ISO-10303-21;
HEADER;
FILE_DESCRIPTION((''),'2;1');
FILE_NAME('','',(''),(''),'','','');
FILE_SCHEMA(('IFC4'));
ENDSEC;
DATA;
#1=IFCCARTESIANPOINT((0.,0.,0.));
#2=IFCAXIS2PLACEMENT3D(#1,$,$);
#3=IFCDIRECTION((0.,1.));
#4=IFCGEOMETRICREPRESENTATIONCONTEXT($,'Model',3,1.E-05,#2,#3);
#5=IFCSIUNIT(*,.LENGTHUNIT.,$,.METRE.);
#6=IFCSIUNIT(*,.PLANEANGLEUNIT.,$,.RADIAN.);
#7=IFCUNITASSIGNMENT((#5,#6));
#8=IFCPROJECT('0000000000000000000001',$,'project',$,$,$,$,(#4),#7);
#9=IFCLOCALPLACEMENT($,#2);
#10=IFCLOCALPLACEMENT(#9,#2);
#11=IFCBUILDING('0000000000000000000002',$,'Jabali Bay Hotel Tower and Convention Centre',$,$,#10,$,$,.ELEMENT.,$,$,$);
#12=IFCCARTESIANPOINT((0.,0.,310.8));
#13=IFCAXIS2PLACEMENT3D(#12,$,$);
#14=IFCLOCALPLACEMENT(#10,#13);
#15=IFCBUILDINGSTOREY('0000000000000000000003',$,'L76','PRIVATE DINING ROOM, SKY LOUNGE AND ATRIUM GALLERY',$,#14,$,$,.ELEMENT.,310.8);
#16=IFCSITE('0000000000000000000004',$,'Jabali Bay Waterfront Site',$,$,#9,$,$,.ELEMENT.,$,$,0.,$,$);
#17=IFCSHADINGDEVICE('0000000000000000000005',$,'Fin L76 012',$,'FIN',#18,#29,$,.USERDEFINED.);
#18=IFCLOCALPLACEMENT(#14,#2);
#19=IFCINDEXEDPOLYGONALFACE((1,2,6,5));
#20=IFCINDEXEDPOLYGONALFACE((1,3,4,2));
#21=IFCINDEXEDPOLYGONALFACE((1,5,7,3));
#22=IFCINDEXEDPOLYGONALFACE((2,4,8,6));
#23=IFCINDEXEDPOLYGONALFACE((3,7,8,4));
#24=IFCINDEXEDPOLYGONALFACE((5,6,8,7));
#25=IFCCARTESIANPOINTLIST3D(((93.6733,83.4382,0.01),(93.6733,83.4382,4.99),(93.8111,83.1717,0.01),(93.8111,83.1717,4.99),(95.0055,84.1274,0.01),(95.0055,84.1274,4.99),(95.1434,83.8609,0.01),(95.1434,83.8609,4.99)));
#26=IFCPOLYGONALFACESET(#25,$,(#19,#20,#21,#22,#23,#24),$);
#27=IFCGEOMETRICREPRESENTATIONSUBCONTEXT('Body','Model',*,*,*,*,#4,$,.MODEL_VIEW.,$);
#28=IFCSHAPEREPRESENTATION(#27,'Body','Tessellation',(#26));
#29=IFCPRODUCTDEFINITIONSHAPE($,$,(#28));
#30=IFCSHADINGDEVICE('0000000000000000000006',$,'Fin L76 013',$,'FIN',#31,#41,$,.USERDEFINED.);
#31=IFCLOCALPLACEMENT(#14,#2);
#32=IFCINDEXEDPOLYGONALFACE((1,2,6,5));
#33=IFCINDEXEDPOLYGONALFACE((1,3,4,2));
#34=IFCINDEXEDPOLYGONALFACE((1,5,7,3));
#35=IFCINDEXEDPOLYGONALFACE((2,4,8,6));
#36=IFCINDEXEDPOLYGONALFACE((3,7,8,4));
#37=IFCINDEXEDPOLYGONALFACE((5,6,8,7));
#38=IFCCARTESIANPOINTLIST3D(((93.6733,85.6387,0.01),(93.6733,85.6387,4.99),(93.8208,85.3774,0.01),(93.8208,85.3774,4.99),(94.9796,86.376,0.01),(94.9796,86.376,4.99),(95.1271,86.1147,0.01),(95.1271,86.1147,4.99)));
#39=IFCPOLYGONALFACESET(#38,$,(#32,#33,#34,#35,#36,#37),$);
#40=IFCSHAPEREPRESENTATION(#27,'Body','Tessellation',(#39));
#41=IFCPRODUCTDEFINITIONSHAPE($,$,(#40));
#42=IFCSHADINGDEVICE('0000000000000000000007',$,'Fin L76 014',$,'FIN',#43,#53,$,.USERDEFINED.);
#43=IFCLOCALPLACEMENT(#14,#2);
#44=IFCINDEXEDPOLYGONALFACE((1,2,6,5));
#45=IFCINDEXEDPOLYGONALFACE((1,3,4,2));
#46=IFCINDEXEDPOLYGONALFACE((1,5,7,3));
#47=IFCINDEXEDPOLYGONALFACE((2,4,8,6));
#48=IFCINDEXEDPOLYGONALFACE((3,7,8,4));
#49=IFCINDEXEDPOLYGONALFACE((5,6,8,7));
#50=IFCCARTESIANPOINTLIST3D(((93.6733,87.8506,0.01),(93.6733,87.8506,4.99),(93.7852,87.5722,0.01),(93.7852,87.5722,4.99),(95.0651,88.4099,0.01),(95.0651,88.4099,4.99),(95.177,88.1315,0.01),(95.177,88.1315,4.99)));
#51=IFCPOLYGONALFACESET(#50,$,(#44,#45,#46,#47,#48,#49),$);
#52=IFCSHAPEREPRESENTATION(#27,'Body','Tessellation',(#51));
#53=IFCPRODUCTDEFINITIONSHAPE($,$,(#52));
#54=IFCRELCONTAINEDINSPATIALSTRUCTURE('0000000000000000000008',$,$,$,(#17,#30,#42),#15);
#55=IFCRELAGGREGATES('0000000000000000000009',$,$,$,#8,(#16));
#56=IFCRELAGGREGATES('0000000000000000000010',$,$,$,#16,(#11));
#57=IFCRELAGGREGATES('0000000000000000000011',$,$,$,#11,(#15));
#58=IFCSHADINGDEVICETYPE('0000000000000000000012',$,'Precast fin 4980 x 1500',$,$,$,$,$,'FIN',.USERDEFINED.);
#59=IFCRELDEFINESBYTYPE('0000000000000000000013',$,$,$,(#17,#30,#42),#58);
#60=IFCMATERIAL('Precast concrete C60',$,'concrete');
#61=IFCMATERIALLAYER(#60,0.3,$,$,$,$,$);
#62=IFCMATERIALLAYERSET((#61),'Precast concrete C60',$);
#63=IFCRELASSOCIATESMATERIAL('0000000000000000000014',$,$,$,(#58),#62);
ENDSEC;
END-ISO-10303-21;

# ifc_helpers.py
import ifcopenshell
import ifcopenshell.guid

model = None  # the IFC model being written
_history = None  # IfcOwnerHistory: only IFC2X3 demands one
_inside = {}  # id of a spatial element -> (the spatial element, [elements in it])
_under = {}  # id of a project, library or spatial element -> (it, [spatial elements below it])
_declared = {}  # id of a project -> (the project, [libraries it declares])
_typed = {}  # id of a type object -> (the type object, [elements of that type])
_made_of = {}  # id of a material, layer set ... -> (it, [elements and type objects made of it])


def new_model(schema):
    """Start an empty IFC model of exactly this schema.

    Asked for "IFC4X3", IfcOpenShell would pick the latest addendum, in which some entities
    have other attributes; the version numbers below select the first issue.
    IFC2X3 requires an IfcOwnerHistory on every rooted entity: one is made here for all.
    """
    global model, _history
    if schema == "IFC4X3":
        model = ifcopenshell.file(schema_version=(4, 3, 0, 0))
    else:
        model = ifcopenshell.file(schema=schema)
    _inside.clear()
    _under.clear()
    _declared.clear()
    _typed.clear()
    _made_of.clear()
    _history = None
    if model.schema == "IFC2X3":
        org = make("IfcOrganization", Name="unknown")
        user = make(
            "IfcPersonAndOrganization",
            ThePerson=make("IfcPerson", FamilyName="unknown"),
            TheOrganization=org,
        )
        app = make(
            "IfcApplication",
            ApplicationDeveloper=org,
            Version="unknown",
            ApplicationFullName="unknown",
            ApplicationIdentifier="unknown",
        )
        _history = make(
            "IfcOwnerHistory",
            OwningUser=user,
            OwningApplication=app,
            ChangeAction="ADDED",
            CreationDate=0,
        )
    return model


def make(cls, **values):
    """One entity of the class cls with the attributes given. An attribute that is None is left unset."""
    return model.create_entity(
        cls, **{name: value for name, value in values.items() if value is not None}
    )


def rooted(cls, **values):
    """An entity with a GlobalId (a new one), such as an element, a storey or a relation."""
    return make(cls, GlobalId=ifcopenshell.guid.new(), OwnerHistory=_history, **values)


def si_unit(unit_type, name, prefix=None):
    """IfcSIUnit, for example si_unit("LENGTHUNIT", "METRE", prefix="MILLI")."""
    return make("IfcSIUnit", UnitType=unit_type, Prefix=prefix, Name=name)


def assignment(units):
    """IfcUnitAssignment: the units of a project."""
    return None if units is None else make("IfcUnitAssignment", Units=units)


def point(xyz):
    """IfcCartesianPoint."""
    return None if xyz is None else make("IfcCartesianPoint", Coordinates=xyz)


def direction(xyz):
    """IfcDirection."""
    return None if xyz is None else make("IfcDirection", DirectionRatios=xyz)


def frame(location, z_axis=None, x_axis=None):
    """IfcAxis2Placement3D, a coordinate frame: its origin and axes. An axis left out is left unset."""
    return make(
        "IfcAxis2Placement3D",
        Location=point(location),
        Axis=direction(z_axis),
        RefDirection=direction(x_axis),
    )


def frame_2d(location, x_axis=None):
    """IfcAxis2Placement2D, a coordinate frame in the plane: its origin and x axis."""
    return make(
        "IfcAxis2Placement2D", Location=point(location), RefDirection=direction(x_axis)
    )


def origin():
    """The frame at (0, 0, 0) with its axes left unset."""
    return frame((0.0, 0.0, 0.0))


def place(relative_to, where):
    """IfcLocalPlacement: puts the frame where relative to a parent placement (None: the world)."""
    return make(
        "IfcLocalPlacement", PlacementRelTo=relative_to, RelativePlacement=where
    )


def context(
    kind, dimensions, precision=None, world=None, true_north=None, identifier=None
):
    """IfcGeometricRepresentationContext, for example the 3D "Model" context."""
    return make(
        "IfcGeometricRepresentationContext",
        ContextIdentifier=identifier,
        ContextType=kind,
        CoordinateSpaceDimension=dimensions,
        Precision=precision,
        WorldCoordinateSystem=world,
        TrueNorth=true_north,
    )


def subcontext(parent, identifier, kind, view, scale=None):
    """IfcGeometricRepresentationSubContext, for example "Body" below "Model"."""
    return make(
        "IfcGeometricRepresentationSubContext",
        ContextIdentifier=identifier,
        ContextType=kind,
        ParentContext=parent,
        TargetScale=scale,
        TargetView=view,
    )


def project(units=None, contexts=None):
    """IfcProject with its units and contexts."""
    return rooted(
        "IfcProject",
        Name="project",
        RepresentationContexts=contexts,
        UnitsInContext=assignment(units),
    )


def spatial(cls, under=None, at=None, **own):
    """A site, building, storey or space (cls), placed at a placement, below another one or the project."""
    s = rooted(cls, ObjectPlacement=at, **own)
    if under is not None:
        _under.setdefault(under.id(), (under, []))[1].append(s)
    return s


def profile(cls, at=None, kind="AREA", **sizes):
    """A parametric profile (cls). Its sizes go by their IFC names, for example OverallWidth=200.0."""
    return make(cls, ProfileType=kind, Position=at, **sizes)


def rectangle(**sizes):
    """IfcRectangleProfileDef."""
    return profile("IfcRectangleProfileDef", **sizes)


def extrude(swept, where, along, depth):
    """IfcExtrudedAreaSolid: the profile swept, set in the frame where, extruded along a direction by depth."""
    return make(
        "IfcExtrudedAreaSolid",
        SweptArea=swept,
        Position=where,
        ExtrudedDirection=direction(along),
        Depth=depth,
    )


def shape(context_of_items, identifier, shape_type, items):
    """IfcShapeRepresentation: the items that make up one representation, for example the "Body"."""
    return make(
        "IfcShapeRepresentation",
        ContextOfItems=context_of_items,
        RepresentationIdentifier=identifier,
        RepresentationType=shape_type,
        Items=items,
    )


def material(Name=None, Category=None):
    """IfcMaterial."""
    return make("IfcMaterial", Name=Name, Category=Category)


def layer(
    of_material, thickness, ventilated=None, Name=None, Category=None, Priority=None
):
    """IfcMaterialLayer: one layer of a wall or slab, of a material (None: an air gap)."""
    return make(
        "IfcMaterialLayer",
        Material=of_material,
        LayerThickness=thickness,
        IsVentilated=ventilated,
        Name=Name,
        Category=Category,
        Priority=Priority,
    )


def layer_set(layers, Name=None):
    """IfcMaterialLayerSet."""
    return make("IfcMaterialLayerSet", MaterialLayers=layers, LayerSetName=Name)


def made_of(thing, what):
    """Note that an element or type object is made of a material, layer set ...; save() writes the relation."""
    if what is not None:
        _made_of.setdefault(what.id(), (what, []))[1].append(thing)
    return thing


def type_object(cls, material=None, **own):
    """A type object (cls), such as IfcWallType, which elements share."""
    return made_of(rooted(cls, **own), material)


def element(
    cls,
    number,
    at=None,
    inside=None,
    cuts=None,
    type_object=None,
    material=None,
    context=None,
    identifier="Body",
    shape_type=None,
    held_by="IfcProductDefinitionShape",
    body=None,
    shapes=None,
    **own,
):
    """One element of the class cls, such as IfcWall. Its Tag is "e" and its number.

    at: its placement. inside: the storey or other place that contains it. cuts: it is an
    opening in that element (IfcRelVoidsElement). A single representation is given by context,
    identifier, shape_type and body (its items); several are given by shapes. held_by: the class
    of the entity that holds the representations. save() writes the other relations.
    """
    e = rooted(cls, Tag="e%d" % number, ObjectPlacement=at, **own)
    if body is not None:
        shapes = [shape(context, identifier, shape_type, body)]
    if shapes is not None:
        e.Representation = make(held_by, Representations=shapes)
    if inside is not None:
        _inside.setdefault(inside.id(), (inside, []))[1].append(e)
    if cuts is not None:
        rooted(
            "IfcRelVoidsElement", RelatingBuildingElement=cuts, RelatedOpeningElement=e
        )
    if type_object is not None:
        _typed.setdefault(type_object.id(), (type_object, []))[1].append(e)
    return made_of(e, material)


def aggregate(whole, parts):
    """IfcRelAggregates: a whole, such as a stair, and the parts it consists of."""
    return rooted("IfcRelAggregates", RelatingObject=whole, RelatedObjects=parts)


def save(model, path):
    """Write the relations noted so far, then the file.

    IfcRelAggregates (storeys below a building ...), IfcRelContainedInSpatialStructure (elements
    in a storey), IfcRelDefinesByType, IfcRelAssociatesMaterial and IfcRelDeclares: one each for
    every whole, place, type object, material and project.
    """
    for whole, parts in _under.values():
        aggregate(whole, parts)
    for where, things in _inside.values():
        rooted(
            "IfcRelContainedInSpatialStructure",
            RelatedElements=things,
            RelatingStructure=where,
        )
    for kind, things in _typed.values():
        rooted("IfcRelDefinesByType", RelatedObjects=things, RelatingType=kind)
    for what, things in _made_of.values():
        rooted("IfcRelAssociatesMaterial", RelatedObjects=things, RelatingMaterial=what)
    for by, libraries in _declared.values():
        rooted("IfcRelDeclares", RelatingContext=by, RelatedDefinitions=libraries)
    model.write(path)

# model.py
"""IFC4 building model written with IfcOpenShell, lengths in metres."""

from ifc_helpers import new_model, si_unit, direction, frame, frame_2d, origin, place, context, subcontext, project, spatial, rectangle, extrude, material, layer, layer_set, type_object, element, save


model = new_model("IFC4")

# Units and contexts
model_context = context("Model", 3, precision=1e-05, world=origin(), true_north=direction((0.0, 1.0)))
body_context = subcontext(model_context, "Body", "Model", "MODEL_VIEW")
ifc_project = project(units=[si_unit("LENGTHUNIT", "METRE"), si_unit("PLANEANGLEUNIT", "RADIAN")], contexts=[model_context])

# Site, building, storey
site_placement = place(None, origin())
site = spatial("IfcSite", under=ifc_project, at=site_placement, Name="Jabali Bay Waterfront Site", CompositionType="ELEMENT", RefElevation=0.0)
building_placement = place(site_placement, origin())
building = spatial("IfcBuilding", under=site, at=building_placement, Name="Jabali Bay Hotel Tower and Convention Centre", CompositionType="ELEMENT")
storey_placement = place(building_placement, frame((0.0, 0.0, 310.8)))
storey = spatial("IfcBuildingStorey", under=building, at=storey_placement, Name="L76", Description="PRIVATE DINING ROOM, SKY LOUNGE AND ATRIUM GALLERY", CompositionType="ELEMENT", Elevation=310.8)

# Shading devices
ifc_material_1 = material(Name="Precast concrete C60", Category="concrete")
ifc_layer_1 = layer(ifc_material_1, 0.3)
ifc_layer_set_1 = layer_set([ifc_layer_1], Name="Precast concrete C60")
shading_device_type_1 = type_object("IfcShadingDeviceType", Name="Precast fin 4980 x 1500", ElementType="FIN", PredefinedType="USERDEFINED", material=ifc_layer_set_1)
for number, where, z_axis, x_axis, name in (
    (1, (93.7422, 83.3049, 0.01), (0.0, 0.0, 1.0), (0.88819, 0.459476, 0.0), "Fin L76 012"),
    (2, (93.7471, 85.5081, 0.01), (0.0, 0.0, 1.0), (0.870875, 0.491505, 0.0), "Fin L76 013"),
    (3, (93.7292, 87.7114, 0.01), (0.0, 0.0, 1.0), (0.927881, 0.372877, 0.0), "Fin L76 014"),
):
    element("IfcShadingDevice", number, at=place(storey_placement, frame(where, z_axis=z_axis, x_axis=x_axis)), inside=storey, type_object=shading_device_type_1, Name=name, ObjectType="FIN", PredefinedType="USERDEFINED", context=body_context, shape_type="SweptSolid", body=[
        extrude(rectangle(XDim=1.5, YDim=0.3, at=frame_2d((0.75, 0.0))), origin(), (0.0, 0.0, 1.0), 4.98),
    ])

save(model, "model.ifc")
